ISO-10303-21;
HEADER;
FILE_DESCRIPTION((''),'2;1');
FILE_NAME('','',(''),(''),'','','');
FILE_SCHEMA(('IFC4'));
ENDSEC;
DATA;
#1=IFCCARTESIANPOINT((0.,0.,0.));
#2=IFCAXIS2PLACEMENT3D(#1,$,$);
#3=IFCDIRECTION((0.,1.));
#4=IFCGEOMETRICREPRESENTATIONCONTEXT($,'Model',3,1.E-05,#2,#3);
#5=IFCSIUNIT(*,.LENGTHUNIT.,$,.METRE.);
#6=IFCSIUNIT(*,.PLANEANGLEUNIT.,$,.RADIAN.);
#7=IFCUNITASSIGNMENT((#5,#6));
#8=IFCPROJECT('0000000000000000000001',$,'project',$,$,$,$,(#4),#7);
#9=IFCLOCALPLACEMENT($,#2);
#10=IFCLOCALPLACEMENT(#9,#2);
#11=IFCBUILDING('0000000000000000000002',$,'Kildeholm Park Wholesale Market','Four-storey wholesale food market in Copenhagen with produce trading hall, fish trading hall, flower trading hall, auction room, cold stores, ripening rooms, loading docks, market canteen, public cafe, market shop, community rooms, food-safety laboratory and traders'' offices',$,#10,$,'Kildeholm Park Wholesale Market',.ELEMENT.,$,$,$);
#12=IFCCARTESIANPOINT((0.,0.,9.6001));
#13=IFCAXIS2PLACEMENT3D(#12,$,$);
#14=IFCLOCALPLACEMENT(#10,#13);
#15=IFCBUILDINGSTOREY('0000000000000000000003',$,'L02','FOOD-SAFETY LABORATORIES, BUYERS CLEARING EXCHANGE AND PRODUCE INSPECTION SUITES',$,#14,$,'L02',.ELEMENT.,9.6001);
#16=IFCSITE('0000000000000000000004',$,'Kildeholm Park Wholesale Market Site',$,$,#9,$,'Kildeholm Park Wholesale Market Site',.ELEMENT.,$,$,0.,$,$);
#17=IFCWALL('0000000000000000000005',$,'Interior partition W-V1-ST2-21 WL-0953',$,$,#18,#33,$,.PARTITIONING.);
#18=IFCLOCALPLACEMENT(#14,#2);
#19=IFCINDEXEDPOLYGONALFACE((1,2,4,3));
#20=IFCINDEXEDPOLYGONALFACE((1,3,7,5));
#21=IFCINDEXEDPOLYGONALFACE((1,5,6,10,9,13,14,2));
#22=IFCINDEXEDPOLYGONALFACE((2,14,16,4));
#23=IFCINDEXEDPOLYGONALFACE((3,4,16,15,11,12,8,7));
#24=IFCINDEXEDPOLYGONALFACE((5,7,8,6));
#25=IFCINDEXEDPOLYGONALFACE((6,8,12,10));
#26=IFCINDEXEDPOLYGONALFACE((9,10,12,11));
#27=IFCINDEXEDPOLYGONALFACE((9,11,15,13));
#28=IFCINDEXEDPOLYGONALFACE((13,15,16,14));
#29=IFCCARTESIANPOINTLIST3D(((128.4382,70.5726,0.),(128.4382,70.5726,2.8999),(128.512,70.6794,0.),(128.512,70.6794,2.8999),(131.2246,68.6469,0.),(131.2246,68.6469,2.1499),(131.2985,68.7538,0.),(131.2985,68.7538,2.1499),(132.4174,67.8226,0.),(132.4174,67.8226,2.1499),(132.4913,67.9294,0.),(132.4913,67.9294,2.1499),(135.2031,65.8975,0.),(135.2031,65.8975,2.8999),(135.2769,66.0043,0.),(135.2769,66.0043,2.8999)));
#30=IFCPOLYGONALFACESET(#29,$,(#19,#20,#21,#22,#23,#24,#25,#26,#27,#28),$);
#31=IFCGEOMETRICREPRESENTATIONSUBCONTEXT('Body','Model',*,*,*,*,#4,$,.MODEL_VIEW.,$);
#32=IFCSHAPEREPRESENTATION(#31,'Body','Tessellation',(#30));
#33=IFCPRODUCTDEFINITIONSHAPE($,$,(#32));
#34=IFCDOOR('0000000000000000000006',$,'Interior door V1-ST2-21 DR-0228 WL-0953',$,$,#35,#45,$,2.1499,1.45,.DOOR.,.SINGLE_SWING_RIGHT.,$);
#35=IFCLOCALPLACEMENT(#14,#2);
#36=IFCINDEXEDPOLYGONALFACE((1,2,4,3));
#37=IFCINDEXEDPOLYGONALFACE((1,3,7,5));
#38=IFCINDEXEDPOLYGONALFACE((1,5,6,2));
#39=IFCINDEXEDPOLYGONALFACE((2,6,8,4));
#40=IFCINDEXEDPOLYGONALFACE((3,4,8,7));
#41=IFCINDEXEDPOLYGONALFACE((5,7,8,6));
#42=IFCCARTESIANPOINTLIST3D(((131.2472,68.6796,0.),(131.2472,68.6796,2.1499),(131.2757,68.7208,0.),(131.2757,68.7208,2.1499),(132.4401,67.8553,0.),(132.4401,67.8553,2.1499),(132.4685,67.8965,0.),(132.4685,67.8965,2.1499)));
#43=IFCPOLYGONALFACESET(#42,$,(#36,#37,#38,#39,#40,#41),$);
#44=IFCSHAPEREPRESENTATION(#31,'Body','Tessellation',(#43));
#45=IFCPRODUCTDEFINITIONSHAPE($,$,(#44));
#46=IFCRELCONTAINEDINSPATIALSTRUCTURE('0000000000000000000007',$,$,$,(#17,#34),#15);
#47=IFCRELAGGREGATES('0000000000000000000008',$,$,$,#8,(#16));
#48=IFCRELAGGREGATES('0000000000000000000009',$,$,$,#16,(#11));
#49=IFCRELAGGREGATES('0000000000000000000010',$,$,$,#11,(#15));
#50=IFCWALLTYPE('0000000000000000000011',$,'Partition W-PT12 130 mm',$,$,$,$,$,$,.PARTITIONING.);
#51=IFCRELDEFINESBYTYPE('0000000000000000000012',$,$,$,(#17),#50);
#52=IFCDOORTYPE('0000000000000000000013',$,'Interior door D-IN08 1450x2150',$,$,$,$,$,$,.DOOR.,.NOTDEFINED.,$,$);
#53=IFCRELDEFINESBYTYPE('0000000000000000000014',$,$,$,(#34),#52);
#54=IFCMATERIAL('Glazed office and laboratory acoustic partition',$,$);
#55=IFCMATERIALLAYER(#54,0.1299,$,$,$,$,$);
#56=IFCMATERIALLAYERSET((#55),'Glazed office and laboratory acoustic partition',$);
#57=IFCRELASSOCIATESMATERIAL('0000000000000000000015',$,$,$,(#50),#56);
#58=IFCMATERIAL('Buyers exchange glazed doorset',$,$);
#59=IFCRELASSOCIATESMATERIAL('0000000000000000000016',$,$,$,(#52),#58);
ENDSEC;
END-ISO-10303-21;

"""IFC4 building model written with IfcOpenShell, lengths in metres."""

from ifc_helpers import new_model, si_unit, direction, frame, frame_2d, origin, place, context, subcontext, project, spatial, rectangle, extrude, material, layer, layer_set, type_object, element, fill, save


model = new_model("IFC4")

# Units and contexts
model_context = context("Model", 3, precision=1e-05, world=origin(), true_north=direction((0.0, 1.0)))
body_context = subcontext(model_context, "Body", "Model", "MODEL_VIEW")
ifc_project = project(units=[si_unit("LENGTHUNIT", "METRE"), si_unit("PLANEANGLEUNIT", "RADIAN")], contexts=[model_context])

# Site, building, storey
site_placement = place(None, origin())
site = spatial("IfcSite", under=ifc_project, at=site_placement, Name="Kildeholm Park Wholesale Market Site", LongName="Kildeholm Park Wholesale Market Site", CompositionType="ELEMENT", RefElevation=0.0)
building_placement = place(site_placement, origin())
building = spatial("IfcBuilding", under=site, at=building_placement, Name="Kildeholm Park Wholesale Market", Description="Four-storey wholesale food market in Copenhagen with produce trading hall, fish trading hall, flower trading hall, auction room, cold stores, ripening rooms, loading docks, market canteen, public cafe, market shop, community rooms, food-safety laboratory and traders' offices", LongName="Kildeholm Park Wholesale Market", CompositionType="ELEMENT")
storey_placement = place(building_placement, frame((0.0, 0.0, 9.6001)))
storey = spatial("IfcBuildingStorey", under=building, at=storey_placement, Name="L02", Description="FOOD-SAFETY LABORATORIES, BUYERS CLEARING EXCHANGE AND PRODUCE INSPECTION SUITES", LongName="L02", CompositionType="ELEMENT", Elevation=9.6001)

# Wall, opening, door
ifc_material_1 = material(Name="Glazed office and laboratory acoustic partition")
ifc_layer_1 = layer(ifc_material_1, 0.1299)
ifc_layer_set_1 = layer_set([ifc_layer_1], Name="Glazed office and laboratory acoustic partition")
wall_type_1 = type_object("IfcWallType", Name="Partition W-PT12 130 mm", PredefinedType="PARTITIONING", material=ifc_layer_set_1)
wall_1_placement = place(storey_placement, frame((128.4751, 70.626, 0.0), z_axis=(0.0, 0.0, 1.0), x_axis=(0.822666, -0.568524, 0.0)))
wall_1 = element("IfcWall", 1, at=wall_1_placement, inside=storey, type_object=wall_type_1, Name="Interior partition W-V1-ST2-21 WL-0953", PredefinedType="PARTITIONING", context=body_context, shape_type="SweptSolid", body=[
    extrude(rectangle(XDim=8.2231, YDim=0.1299, at=frame_2d((4.1116, 0.0))), origin(), (0.0, 0.0, 1.0), 2.8999),
])
opening_placement = place(wall_1_placement, frame((3.387, 0.0, 0.0)))
opening = element("IfcOpeningElement", 2, at=opening_placement, cuts=wall_1, PredefinedType="OPENING", context=body_context, shape_type="SweptSolid", body=[
    extrude(rectangle(XDim=1.45, YDim=2.1499, at=frame_2d((0.7251, 1.075))), frame((0.0, 0.075, 0.0), z_axis=(0.0, -1.0, 0.0), x_axis=(1.0, 0.0, 0.0)), (0.0, 0.0, 1.0), 0.1499),
])
ifc_material_2 = material(Name="Buyers exchange glazed doorset")
door_type = type_object("IfcDoorType", Name="Interior door D-IN08 1450x2150", OperationType="NOTDEFINED", PredefinedType="DOOR", material=ifc_material_2)
door_placement = place(opening_placement, origin())
door = element("IfcDoor", 3, at=door_placement, inside=storey, type_object=door_type, Name="Interior door V1-ST2-21 DR-0228 WL-0953", OperationType="SINGLE_SWING_RIGHT", OverallHeight=2.1499, OverallWidth=1.45, PredefinedType="DOOR", context=body_context, shape_type="SweptSolid", body=[
    extrude(rectangle(XDim=1.45, YDim=2.1499, at=frame_2d((0.7251, 1.075))), frame((0.0, 0.0249, 0.0), z_axis=(0.0, -1.0, 0.0), x_axis=(1.0, 0.0, 0.0)), (0.0, 0.0, 1.0), 0.05),
])
fill(opening, door)

save(model, "model.ifc")
